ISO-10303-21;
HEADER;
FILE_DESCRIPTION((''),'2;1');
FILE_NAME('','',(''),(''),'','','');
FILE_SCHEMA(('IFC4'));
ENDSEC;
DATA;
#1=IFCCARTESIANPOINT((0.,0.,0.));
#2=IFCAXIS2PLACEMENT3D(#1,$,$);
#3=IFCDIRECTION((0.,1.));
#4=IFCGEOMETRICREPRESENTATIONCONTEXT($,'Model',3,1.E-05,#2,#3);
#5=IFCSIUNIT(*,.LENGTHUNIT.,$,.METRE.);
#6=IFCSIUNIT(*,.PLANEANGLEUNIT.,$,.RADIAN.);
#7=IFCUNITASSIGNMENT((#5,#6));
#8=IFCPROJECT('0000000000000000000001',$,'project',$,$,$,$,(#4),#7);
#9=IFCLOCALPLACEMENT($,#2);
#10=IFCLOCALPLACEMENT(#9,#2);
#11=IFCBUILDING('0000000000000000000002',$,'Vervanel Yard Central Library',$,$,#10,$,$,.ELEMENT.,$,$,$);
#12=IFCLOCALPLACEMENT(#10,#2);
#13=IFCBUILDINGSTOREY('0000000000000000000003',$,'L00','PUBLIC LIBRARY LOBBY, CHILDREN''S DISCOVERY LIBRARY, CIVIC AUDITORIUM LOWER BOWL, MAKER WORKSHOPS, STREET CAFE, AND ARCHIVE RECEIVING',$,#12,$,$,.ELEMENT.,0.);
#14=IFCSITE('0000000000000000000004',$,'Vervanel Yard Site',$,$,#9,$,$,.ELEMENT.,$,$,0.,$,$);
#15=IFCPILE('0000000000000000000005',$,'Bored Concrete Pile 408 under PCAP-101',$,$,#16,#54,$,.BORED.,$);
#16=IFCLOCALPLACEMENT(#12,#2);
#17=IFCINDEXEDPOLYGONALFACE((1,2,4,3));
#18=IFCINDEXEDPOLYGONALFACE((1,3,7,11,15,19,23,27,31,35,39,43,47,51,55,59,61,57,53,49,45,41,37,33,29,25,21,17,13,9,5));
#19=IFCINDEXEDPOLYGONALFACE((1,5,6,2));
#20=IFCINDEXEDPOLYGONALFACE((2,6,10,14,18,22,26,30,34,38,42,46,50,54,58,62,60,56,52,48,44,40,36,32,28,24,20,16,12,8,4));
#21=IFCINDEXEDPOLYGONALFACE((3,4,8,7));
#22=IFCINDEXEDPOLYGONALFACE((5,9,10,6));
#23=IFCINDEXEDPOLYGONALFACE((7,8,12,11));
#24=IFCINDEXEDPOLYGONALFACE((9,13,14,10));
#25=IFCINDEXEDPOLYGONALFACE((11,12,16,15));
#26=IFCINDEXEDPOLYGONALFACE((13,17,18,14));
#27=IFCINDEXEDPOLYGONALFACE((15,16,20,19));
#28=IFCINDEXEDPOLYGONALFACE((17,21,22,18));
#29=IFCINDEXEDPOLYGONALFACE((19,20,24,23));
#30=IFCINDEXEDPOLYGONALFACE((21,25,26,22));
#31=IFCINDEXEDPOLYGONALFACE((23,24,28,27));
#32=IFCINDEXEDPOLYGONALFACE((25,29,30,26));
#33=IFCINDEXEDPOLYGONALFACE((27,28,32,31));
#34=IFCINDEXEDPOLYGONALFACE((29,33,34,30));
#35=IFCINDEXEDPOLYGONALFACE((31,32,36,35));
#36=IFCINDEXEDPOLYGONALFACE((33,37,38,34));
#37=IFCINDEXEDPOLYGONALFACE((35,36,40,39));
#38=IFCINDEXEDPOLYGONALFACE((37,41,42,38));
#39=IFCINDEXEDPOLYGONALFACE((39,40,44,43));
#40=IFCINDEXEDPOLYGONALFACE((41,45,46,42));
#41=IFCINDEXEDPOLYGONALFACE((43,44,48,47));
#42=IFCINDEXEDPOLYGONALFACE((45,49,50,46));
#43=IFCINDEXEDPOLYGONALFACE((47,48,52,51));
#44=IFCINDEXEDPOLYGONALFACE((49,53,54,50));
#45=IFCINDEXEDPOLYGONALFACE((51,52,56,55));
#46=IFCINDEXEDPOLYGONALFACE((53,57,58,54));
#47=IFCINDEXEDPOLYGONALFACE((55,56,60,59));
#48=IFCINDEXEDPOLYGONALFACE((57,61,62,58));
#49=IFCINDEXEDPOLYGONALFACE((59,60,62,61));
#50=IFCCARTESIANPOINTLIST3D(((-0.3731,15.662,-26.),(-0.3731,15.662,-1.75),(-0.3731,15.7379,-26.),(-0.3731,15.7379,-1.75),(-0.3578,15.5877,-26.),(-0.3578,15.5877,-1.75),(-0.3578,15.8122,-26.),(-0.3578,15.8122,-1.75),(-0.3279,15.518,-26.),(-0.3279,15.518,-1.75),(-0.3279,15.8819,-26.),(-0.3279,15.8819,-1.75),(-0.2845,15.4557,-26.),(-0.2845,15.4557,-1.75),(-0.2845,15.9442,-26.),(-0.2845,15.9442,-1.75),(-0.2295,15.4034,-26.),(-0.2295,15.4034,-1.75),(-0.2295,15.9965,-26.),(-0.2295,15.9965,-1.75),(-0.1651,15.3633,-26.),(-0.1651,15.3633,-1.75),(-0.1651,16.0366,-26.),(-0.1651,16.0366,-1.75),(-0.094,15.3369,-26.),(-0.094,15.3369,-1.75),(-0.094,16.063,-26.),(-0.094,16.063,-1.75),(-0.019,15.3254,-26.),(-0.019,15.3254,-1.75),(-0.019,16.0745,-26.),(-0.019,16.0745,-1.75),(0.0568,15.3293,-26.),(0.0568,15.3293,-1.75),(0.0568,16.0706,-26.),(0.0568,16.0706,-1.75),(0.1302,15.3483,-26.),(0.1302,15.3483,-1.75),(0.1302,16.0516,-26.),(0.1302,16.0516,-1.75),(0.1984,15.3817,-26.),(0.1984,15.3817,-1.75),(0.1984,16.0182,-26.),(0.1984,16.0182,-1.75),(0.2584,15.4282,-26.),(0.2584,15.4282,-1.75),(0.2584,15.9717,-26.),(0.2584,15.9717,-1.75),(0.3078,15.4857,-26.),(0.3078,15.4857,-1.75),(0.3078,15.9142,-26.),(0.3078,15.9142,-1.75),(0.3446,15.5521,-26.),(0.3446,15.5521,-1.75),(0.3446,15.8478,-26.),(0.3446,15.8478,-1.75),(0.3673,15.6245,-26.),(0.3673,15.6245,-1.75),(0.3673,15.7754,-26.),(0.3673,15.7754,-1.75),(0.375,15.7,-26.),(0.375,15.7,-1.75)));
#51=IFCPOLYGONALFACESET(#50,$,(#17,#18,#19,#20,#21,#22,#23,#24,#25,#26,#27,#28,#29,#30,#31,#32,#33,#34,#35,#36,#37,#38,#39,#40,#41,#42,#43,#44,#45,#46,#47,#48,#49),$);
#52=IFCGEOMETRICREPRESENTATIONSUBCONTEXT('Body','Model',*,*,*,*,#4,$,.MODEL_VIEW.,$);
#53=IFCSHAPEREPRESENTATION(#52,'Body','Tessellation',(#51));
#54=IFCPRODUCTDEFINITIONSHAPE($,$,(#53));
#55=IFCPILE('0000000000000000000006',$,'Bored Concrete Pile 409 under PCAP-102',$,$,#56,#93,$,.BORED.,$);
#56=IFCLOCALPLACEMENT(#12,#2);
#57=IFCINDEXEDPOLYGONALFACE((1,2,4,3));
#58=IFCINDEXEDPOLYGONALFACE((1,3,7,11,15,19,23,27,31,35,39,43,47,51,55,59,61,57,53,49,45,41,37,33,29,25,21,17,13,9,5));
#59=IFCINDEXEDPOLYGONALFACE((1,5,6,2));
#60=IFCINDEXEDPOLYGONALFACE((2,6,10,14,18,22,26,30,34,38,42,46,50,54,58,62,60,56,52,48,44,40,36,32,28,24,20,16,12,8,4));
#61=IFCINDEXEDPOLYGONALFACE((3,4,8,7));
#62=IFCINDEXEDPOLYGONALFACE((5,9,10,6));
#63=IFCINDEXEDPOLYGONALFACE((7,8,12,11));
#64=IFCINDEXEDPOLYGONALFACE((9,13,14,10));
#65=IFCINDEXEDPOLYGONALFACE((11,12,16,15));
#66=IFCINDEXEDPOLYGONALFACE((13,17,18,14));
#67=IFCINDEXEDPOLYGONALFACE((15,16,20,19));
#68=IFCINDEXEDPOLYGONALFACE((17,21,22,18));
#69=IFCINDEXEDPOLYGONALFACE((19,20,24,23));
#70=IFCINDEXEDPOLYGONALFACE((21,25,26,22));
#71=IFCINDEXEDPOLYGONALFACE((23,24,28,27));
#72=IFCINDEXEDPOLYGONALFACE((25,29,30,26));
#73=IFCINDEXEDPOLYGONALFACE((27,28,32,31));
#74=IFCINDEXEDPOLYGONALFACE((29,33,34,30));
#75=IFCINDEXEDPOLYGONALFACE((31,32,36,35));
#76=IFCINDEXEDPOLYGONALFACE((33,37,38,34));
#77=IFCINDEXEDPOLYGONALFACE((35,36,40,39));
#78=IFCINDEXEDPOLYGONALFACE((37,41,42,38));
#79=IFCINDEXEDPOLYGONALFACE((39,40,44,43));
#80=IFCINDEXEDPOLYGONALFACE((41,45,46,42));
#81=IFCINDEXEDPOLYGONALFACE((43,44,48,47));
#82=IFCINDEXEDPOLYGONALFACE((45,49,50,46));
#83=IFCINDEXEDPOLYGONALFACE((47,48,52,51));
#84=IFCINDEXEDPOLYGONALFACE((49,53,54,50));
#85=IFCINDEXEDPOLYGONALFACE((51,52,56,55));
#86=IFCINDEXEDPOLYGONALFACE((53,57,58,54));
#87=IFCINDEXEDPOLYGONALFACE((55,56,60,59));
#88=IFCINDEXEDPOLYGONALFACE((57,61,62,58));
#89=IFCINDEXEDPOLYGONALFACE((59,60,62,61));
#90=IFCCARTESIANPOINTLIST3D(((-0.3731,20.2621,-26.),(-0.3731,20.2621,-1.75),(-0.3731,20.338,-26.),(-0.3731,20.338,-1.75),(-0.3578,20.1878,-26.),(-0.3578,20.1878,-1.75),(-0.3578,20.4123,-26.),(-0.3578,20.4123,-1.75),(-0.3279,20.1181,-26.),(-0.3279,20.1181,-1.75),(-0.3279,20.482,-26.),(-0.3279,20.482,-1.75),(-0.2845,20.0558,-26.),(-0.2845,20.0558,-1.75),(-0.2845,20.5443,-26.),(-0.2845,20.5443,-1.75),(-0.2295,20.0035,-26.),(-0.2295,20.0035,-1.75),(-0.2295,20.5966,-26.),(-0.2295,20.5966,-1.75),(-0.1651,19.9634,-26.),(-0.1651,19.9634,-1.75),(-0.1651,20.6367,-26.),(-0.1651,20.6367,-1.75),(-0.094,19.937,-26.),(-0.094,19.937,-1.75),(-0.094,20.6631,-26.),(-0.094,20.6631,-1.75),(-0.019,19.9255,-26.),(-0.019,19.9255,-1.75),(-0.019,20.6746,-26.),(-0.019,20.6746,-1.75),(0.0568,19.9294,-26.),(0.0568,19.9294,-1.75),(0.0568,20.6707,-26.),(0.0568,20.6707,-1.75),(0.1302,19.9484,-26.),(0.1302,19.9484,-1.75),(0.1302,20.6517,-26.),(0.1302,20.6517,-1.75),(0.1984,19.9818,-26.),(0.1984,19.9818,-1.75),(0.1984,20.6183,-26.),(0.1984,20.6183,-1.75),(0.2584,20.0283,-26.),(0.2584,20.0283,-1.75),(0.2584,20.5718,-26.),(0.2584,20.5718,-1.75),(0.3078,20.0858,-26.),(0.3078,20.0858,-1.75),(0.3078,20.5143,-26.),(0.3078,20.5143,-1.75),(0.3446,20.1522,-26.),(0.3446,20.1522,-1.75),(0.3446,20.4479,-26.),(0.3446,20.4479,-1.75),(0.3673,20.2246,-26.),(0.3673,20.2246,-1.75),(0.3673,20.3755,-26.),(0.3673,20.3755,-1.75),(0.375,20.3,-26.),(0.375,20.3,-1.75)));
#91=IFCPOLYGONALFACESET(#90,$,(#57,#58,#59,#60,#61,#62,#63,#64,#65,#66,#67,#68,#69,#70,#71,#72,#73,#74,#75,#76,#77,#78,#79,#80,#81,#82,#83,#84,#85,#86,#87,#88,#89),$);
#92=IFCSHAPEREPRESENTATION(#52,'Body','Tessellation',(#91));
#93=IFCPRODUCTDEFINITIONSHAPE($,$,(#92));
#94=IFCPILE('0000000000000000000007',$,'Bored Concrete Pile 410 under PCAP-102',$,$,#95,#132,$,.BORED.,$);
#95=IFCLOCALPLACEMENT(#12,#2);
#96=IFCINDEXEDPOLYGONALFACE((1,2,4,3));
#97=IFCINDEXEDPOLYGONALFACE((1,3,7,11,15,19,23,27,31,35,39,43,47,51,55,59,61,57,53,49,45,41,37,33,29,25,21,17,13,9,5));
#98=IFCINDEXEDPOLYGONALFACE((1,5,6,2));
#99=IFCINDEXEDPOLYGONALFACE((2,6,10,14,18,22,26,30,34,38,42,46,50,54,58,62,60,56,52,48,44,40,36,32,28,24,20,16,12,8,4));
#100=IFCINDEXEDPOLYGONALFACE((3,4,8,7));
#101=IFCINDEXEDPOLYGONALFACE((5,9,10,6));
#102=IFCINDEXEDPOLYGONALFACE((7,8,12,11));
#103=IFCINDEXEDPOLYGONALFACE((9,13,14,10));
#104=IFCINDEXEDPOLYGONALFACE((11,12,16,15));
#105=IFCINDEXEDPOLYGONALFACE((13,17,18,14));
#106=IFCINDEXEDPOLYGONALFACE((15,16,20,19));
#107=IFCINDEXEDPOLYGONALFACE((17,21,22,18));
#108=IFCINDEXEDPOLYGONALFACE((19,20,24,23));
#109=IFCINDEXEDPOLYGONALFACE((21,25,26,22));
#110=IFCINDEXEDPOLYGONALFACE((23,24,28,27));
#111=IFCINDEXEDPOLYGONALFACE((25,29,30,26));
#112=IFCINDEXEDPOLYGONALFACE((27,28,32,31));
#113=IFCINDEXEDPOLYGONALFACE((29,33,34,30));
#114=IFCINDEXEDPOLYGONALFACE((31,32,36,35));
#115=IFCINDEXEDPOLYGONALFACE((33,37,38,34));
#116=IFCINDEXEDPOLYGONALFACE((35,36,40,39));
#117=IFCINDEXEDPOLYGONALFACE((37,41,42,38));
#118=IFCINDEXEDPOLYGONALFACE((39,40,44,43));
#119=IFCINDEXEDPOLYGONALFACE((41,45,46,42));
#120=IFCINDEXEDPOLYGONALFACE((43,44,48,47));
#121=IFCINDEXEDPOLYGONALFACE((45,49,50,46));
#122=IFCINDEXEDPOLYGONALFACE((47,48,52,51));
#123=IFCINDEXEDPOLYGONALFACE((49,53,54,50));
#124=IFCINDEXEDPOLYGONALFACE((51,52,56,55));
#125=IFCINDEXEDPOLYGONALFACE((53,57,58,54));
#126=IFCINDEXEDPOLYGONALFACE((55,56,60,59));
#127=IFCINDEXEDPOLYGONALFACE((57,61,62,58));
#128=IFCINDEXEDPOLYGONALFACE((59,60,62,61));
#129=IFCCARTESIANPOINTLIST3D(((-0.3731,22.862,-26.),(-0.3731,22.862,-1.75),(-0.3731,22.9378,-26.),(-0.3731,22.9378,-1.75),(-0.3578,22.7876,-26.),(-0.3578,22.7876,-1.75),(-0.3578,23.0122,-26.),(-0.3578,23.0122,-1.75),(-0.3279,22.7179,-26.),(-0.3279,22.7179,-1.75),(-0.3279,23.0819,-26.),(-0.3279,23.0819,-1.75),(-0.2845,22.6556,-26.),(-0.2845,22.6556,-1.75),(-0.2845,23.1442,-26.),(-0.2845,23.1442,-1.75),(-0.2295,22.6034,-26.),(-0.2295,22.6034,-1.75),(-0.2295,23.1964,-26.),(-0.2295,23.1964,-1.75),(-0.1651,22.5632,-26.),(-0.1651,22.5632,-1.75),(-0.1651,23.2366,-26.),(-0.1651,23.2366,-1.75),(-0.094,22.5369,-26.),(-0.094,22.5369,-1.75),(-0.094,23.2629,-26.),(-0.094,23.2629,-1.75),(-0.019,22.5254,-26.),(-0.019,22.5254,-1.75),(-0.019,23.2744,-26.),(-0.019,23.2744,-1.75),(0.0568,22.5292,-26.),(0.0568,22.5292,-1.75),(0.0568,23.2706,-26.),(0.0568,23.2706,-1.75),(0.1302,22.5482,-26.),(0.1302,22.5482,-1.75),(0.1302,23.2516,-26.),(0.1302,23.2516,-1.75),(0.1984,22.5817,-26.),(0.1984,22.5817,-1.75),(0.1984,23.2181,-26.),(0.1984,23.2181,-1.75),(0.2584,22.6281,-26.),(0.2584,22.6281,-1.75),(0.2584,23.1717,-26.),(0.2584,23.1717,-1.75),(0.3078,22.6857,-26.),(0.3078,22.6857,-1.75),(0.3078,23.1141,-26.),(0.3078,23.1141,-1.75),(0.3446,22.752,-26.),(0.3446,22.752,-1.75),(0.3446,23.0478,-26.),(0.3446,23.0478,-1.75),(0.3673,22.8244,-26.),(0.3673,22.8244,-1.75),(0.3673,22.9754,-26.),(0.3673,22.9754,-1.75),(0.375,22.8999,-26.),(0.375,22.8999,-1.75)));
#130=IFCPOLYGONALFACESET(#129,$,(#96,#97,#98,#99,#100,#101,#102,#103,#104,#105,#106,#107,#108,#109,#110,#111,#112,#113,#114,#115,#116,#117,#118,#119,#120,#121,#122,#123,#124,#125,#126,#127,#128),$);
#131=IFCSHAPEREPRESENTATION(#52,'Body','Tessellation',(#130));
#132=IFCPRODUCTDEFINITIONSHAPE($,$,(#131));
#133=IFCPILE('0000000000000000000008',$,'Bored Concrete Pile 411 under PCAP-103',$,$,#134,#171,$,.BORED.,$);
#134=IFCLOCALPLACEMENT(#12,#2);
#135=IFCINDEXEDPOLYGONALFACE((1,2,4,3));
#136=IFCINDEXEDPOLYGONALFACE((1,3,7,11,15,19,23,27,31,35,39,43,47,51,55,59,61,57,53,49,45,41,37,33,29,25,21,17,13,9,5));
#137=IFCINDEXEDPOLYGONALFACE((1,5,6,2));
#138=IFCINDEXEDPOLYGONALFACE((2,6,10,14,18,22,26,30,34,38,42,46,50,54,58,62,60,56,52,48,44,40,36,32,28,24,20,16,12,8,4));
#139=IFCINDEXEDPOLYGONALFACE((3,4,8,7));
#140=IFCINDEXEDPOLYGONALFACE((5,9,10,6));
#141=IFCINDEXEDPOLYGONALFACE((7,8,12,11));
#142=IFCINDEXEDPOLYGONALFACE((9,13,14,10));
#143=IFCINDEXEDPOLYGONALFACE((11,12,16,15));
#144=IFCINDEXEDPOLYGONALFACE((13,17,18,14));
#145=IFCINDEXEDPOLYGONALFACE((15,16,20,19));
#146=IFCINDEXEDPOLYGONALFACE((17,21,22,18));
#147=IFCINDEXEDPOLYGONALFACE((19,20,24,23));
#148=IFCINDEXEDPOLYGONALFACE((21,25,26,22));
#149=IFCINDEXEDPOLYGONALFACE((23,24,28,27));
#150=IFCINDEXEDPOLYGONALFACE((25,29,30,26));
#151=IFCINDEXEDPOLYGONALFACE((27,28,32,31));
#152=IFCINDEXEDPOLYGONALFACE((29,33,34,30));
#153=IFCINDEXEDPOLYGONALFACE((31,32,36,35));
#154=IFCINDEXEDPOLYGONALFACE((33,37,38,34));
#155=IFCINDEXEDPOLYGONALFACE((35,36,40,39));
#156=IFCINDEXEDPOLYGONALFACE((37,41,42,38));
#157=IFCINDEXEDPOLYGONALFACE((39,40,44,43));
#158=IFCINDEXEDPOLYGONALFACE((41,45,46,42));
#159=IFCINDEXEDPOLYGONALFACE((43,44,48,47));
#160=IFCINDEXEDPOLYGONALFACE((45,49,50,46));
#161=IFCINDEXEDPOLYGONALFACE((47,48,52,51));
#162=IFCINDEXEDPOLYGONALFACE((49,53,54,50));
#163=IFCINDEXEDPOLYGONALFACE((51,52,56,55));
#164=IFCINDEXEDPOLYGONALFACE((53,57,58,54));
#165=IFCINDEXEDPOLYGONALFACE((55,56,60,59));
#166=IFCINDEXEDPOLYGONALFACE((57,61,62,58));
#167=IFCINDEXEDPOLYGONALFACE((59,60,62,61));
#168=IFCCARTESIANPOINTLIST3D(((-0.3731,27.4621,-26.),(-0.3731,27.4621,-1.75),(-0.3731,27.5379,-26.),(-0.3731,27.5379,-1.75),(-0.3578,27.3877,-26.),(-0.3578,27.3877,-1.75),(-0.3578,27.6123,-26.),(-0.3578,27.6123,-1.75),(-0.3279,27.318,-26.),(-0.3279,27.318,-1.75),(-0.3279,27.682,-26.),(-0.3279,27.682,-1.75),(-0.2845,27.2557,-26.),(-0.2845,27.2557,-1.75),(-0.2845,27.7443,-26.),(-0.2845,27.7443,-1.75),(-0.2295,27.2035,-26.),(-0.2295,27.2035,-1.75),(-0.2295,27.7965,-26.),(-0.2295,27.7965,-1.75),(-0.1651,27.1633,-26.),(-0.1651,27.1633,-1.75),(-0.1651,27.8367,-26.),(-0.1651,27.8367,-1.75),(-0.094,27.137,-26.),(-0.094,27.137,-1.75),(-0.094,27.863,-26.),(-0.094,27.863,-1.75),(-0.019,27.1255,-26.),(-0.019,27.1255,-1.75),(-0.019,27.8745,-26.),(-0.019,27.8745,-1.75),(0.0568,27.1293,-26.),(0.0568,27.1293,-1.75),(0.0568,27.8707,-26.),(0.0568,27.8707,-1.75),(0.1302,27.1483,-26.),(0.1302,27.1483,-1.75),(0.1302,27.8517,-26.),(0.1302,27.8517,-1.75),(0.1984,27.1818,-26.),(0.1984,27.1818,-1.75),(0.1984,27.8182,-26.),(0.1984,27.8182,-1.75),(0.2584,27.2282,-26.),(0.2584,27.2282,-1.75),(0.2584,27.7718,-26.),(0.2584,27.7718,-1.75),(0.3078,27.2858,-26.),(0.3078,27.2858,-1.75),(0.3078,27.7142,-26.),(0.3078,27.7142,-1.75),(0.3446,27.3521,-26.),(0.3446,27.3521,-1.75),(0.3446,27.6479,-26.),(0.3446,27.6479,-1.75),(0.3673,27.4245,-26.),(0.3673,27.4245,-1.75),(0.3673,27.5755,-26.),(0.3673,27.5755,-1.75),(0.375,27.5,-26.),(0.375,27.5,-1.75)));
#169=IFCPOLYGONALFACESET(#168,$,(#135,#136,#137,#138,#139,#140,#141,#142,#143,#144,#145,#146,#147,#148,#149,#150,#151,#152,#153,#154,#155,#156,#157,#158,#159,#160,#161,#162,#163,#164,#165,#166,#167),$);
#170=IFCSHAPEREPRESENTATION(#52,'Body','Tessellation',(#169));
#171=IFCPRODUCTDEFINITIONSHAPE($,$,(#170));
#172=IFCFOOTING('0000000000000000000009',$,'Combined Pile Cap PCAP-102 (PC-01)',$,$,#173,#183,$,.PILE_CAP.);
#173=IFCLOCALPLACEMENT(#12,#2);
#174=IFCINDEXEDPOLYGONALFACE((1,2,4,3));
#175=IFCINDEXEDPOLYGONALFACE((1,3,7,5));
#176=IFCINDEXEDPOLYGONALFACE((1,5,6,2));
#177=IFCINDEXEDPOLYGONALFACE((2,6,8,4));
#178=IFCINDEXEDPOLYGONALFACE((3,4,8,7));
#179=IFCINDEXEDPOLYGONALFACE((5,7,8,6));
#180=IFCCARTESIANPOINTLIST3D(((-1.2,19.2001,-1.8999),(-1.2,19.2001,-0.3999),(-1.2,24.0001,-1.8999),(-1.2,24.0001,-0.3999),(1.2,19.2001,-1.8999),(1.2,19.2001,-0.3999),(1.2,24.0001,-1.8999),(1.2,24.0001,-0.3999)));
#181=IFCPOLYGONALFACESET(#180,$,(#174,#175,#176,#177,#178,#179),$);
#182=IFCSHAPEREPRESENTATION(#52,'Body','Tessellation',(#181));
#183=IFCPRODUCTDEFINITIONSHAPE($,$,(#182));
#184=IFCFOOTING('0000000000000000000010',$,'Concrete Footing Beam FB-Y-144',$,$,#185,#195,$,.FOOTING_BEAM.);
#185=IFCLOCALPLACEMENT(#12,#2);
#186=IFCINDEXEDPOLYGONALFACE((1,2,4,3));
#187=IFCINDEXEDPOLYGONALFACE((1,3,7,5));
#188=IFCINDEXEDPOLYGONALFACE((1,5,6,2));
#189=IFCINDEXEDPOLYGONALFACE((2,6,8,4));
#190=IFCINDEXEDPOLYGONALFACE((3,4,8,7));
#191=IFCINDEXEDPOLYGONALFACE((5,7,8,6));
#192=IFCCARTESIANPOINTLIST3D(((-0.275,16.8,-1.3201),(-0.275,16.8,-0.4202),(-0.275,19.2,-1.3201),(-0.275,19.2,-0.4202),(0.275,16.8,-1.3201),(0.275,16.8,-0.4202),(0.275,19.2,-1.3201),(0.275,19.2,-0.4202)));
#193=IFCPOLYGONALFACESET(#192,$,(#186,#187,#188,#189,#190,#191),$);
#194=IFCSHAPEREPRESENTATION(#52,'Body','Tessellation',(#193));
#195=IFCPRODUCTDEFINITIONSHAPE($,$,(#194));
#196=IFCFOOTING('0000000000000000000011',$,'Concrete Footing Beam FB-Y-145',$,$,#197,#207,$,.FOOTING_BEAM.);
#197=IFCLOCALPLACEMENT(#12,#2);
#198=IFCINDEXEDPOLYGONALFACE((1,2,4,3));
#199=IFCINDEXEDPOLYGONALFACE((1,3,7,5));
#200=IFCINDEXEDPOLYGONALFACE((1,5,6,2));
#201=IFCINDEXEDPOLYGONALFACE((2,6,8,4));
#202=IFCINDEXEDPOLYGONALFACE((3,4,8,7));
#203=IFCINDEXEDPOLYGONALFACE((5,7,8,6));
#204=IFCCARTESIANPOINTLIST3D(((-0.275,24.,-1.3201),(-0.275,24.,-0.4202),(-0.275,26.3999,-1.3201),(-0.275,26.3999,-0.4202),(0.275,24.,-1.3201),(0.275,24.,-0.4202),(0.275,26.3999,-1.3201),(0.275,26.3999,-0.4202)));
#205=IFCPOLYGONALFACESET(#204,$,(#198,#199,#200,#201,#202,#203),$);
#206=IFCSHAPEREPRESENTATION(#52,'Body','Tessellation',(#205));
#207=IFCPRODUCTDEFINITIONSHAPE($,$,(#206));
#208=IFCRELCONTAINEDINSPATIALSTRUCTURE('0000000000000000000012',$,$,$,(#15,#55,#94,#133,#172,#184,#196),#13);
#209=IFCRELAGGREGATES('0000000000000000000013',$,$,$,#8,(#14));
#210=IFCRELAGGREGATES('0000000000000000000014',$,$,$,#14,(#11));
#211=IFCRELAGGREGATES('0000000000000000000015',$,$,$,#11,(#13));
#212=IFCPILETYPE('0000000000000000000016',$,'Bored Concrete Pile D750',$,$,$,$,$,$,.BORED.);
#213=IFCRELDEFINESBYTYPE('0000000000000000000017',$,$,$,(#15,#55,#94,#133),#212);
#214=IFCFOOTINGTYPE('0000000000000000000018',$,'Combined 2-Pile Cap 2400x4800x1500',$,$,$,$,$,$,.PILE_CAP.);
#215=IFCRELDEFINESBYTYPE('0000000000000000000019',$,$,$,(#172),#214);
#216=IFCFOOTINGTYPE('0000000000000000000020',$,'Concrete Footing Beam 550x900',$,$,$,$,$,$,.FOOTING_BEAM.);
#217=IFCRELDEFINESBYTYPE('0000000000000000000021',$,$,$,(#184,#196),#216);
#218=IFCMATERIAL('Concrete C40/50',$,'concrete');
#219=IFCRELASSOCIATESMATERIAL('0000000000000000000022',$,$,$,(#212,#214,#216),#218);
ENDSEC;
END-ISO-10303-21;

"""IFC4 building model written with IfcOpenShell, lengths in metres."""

from ifc_helpers import new_model, si_unit, direction, frame, origin, origin_2d, place, context, subcontext, project, spatial, rectangle, circle, extrude, material, material_profile, profile_set, type_object, element, save


model = new_model("IFC4")

# Units and contexts
model_context = context("Model", 3, precision=1e-05, world=origin(), true_north=direction((0.0, 1.0)))
body_context = subcontext(model_context, "Body", "Model", "MODEL_VIEW")
ifc_project = project(units=[si_unit("LENGTHUNIT", "METRE"), si_unit("PLANEANGLEUNIT", "RADIAN")], contexts=[model_context])

# Site, building, storey
site_placement = place(None, origin())
site = spatial("IfcSite", under=ifc_project, at=site_placement, Name="Vervanel Yard Site", CompositionType="ELEMENT", RefElevation=0.0)
building_placement = place(site_placement, origin())
building = spatial("IfcBuilding", under=site, at=building_placement, Name="Vervanel Yard Central Library", CompositionType="ELEMENT")
storey_placement = place(building_placement, origin())
storey = spatial("IfcBuildingStorey", under=building, at=storey_placement, Name="L00", Description="PUBLIC LIBRARY LOBBY, CHILDREN'S DISCOVERY LIBRARY, CIVIC AUDITORIUM LOWER BOWL, MAKER WORKSHOPS, STREET CAFE, AND ARCHIVE RECEIVING", CompositionType="ELEMENT", Elevation=0.0)

# Piles
ifc_material_1 = material(Name="Concrete C40/50", Category="concrete")
ifc_material_profile_1 = material_profile(ifc_material_1, circle(Radius=0.375, at=origin_2d()), Name="BP D750", Category="concrete")
ifc_profile_set_1 = profile_set([ifc_material_profile_1], Name="Concrete C40/50")
pile_type = type_object("IfcPileType", Name="Bored Concrete Pile D750", PredefinedType="BORED", material=ifc_profile_set_1)
for number, where, z_axis, x_axis, name in (
    (1, (0.0, 15.7, -1.75), (0.0, 0.0, -1.0), (1.0, 0.0, 0.0), "Bored Concrete Pile 408 under PCAP-101"),
    (2, (0.0, 20.3, -1.75), (0.0, 0.0, -1.0), (1.0, 0.0, 0.0), "Bored Concrete Pile 409 under PCAP-102"),
    (3, (0.0, 22.8999, -1.75), (0.0, 0.0, -1.0), (1.0, 0.0, 0.0), "Bored Concrete Pile 410 under PCAP-102"),
    (4, (0.0, 27.5, -1.75), (0.0, 0.0, -1.0), (1.0, 0.0, 0.0), "Bored Concrete Pile 411 under PCAP-103"),
):
    element("IfcPile", number, at=place(storey_placement, frame(where, z_axis=z_axis, x_axis=x_axis)), inside=storey, type_object=pile_type, Name=name, PredefinedType="BORED", context=body_context, shape_type="SweptSolid", body=[
        extrude(circle(Radius=0.375, at=origin_2d()), origin(), (0.0, 0.0, 1.0), 24.25),
    ])

# Footings
footing_type_1 = type_object("IfcFootingType", Name="Combined 2-Pile Cap 2400x4800x1500", PredefinedType="PILE_CAP", material=ifc_material_1)
footing_placement = place(storey_placement, frame((0.0, 21.6001, -1.8999), z_axis=(0.0, 0.0, 1.0), x_axis=(1.0, 0.0, 0.0)))
element("IfcFooting", 5, at=footing_placement, inside=storey, type_object=footing_type_1, Name="Combined Pile Cap PCAP-102 (PC-01)", PredefinedType="PILE_CAP", context=body_context, shape_type="SweptSolid", body=[
    extrude(rectangle(XDim=2.3999, YDim=4.8, at=origin_2d()), origin(), (0.0, 0.0, 1.0), 1.5),
])
ifc_material_profile_2 = material_profile(ifc_material_1, rectangle(XDim=0.55, YDim=0.8999, at=origin_2d()), Name="RC 550x900", Category="concrete")
ifc_profile_set_2 = profile_set([ifc_material_profile_2], Name="Concrete C40/50")
footing_type_2 = type_object("IfcFootingType", Name="Concrete Footing Beam 550x900", PredefinedType="FOOTING_BEAM", material=ifc_profile_set_2)
for number, where, z_axis, x_axis, name in (
    (6, (0.0, 16.8, -0.8701), (0.0, 1.0, 0.0), (-1.0, 0.0, 0.0), "Concrete Footing Beam FB-Y-144"),
    (7, (0.0, 24.0, -0.8701), (0.0, 1.0, 0.0), (-1.0, 0.0, 0.0), "Concrete Footing Beam FB-Y-145"),
):
    element("IfcFooting", number, at=place(storey_placement, frame(where, z_axis=z_axis, x_axis=x_axis)), inside=storey, type_object=footing_type_2, Name=name, PredefinedType="FOOTING_BEAM", context=body_context, shape_type="SweptSolid", body=[
        extrude(rectangle(XDim=0.55, YDim=0.8999, at=origin_2d()), origin(), (0.0, 0.0, 1.0), 2.3999),
    ])

save(model, "model.ifc")
